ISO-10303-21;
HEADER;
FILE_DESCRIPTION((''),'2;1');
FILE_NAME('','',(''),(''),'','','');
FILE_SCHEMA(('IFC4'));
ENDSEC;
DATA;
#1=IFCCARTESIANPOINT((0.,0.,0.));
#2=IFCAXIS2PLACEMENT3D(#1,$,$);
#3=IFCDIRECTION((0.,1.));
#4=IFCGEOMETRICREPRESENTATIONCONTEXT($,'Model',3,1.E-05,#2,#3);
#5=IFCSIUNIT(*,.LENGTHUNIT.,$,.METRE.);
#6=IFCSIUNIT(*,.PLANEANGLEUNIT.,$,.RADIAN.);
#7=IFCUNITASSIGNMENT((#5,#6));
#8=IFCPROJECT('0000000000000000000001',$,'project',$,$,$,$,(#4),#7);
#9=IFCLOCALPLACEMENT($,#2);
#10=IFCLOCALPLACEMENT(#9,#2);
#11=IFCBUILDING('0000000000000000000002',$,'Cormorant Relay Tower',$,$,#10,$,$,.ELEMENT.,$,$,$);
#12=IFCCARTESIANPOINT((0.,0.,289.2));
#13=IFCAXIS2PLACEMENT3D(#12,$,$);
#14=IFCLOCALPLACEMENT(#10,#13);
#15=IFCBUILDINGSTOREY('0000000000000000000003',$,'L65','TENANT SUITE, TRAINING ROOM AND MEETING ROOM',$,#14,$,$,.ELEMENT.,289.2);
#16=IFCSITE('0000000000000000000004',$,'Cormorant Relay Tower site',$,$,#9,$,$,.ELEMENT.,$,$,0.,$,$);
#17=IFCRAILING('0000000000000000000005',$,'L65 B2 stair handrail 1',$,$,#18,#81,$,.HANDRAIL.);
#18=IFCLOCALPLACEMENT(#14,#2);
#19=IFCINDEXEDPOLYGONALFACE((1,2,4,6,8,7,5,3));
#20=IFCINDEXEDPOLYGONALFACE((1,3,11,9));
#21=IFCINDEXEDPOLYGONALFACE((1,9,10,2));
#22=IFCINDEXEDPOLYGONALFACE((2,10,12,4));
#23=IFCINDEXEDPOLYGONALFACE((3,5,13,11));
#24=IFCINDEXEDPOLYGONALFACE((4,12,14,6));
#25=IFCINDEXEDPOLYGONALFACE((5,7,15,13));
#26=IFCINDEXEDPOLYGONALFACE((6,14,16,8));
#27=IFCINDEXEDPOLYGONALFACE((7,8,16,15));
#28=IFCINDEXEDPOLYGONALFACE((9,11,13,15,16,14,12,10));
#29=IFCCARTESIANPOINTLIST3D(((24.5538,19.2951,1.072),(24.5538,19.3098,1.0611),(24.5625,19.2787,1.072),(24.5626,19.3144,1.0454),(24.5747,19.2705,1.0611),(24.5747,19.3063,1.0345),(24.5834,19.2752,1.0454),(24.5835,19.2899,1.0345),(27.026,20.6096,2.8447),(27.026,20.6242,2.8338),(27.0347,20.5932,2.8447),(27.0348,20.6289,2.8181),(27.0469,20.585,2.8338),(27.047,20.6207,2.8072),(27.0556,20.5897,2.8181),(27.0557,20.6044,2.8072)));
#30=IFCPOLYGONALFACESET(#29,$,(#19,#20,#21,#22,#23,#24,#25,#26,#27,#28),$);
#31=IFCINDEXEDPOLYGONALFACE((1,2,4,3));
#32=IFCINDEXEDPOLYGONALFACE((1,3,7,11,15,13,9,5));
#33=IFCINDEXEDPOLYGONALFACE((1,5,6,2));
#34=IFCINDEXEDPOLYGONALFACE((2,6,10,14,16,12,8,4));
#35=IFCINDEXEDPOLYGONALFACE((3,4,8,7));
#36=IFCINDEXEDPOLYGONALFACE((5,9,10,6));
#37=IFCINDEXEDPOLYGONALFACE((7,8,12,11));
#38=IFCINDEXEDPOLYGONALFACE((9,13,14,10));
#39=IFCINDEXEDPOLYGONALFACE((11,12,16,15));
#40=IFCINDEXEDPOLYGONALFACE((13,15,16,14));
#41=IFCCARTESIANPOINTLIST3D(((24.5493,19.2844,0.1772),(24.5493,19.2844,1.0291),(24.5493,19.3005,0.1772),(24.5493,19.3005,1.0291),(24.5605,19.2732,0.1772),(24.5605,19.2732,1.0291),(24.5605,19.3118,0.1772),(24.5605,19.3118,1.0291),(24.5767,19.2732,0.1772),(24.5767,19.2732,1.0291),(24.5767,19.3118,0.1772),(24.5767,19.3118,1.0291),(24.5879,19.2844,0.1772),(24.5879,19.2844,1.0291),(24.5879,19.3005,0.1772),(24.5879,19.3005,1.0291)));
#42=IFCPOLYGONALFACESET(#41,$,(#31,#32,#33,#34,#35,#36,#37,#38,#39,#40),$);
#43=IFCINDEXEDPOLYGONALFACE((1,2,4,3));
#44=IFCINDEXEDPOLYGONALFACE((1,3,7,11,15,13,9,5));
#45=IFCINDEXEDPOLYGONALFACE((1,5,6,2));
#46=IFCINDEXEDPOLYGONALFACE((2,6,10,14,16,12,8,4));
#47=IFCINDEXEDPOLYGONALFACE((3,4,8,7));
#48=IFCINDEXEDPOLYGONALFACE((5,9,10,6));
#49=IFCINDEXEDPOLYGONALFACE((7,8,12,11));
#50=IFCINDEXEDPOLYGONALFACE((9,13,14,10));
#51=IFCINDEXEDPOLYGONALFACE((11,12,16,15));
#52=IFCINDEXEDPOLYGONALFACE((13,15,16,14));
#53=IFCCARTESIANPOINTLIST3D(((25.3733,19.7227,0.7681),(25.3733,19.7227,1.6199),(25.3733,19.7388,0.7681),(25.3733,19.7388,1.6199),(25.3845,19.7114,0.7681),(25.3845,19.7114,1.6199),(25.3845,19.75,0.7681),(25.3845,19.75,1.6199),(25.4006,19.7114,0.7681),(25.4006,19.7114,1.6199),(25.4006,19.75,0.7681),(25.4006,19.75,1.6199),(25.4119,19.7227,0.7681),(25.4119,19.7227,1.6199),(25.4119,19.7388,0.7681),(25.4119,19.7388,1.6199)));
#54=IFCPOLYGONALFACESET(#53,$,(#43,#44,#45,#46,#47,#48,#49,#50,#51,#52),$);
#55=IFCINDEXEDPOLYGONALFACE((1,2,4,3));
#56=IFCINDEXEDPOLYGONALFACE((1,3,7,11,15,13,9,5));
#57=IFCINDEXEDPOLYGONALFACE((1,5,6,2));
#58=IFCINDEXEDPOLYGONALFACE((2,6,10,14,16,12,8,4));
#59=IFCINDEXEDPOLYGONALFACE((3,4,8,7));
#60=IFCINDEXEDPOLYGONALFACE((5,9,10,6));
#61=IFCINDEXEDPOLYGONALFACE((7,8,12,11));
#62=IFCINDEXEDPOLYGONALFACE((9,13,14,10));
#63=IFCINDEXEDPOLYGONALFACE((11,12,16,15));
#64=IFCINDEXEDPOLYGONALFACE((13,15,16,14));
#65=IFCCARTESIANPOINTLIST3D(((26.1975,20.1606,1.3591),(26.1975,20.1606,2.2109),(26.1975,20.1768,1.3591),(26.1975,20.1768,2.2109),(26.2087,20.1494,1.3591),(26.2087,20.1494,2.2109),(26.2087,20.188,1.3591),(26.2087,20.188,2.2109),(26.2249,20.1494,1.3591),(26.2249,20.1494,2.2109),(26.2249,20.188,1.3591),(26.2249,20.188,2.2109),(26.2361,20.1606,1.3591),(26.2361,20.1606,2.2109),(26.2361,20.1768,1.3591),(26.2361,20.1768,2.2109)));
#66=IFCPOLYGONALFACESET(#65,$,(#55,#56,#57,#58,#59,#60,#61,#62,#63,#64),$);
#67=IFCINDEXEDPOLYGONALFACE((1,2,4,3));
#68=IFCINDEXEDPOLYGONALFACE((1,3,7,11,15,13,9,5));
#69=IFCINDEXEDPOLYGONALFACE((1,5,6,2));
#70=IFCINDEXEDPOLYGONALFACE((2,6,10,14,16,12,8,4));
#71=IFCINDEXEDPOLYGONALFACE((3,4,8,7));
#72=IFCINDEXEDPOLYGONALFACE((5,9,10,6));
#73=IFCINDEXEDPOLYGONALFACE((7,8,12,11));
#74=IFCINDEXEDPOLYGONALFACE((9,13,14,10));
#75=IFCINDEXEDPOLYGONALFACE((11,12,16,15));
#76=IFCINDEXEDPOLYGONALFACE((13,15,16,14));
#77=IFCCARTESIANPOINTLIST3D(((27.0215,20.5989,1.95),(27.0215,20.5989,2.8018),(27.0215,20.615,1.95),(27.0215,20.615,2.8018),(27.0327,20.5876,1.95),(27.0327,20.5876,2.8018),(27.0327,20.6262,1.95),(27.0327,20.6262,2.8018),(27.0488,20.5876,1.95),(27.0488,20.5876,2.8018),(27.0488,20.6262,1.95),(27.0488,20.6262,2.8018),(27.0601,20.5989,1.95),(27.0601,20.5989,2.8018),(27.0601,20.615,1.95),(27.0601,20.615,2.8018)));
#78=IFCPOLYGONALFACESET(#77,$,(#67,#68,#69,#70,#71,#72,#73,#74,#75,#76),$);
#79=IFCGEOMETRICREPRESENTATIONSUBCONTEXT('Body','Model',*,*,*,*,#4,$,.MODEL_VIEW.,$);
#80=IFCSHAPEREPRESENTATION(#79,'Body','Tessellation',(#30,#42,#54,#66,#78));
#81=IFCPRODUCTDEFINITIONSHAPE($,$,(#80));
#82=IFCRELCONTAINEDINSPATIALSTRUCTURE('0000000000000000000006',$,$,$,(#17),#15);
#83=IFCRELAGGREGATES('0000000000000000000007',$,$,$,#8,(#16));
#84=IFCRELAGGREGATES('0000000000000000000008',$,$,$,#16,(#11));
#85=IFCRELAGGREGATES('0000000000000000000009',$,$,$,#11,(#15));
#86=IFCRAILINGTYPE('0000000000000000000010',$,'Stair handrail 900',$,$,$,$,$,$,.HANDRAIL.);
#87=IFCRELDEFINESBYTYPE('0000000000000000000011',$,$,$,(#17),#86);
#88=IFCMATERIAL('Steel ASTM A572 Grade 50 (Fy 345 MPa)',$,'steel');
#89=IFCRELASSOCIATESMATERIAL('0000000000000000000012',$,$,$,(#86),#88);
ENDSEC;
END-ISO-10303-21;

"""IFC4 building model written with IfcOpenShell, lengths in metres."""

from ifc_helpers import new_model, si_unit, direction, frame, origin, place, context, subcontext, project, spatial, polyline, outline, extrude, material, type_object, element, save


model = new_model("IFC4")

# Units and contexts
model_context = context("Model", 3, precision=1e-05, world=origin(), true_north=direction((0.0, 1.0)))
body_context = subcontext(model_context, "Body", "Model", "MODEL_VIEW")
ifc_project = project(units=[si_unit("LENGTHUNIT", "METRE"), si_unit("PLANEANGLEUNIT", "RADIAN")], contexts=[model_context])

# Site, building, storey
site_placement = place(None, origin())
site = spatial("IfcSite", under=ifc_project, at=site_placement, Name="Cormorant Relay Tower site", CompositionType="ELEMENT", RefElevation=0.0)
building_placement = place(site_placement, origin())
building = spatial("IfcBuilding", under=site, at=building_placement, Name="Cormorant Relay Tower", CompositionType="ELEMENT")
storey_placement = place(building_placement, frame((0.0, 0.0, 289.2)))
storey = spatial("IfcBuildingStorey", under=building, at=storey_placement, Name="L65", Description="TENANT SUITE, TRAINING ROOM AND MEETING ROOM", CompositionType="ELEMENT", Elevation=289.2)

# Railing
ifc_material_1 = material(Name="Steel ASTM A572 Grade 50 (Fy 345 MPa)", Category="steel")
railing_type = type_object("IfcRailingType", Name="Stair handrail 900", PredefinedType="HANDRAIL", material=ifc_material_1)
railing_placement = place(storey_placement, frame((24.5686, 19.2925, 0.1772)))
element("IfcRailing", 1, at=railing_placement, inside=storey, type_object=railing_type, Name="L65 B2 stair handrail 1", PredefinedType="HANDRAIL", context=body_context, shape_type="SweptSolid", body=[
    extrude(outline(polyline([(0.0222, 0.0093), (0.0093, 0.0222), (-0.0093, 0.0222), (-0.0222, 0.0093), (-0.0222, -0.0093), (-0.0093, -0.0222), (0.0093, -0.0222), (0.0222, -0.0093), (0.0222, 0.0093)])), frame((0.0, 0.0, 0.876), z_axis=(0.746001, 0.396649, 0.534931), x_axis=(-0.469465, 0.882951, 0.0)), (0.0, 0.0, 1.0), 3.314),
    extrude(outline(polyline([(0.0193, 0.0081), (0.0081, 0.0193), (-0.0081, 0.0193), (-0.0193, 0.0081), (-0.0193, -0.0081), (-0.0081, -0.0193), (0.0081, -0.0193), (0.0193, -0.0081), (0.0193, 0.0081)])), origin(), (0.0, 0.0, 1.0), 0.8518),
    extrude(outline(polyline([(0.0193, 0.0081), (0.0081, 0.0193), (-0.0081, 0.0193), (-0.0193, 0.0081), (-0.0193, -0.0081), (-0.0081, -0.0193), (0.0081, -0.0193), (0.0193, -0.0081), (0.0193, 0.0081)])), frame((0.824, 0.4382, 0.5908)), (0.0, 0.0, 1.0), 0.8518),
    extrude(outline(polyline([(0.0193, 0.0081), (0.0081, 0.0193), (-0.0081, 0.0193), (-0.0193, 0.0081), (-0.0193, -0.0081), (-0.0081, -0.0193), (0.0081, -0.0193), (0.0193, -0.0081), (0.0193, 0.0081)])), frame((1.6482, 0.8762, 1.1819)), (0.0, 0.0, 1.0), 0.8518),
    extrude(outline(polyline([(0.0193, 0.0081), (0.0081, 0.0193), (-0.0081, 0.0193), (-0.0193, 0.0081), (-0.0193, -0.0081), (-0.0081, -0.0193), (0.0081, -0.0193), (0.0193, -0.0081), (0.0193, 0.0081)])), frame((2.4722, 1.3145, 1.7727)), (0.0, 0.0, 1.0), 0.8518),
])

save(model, "model.ifc")
